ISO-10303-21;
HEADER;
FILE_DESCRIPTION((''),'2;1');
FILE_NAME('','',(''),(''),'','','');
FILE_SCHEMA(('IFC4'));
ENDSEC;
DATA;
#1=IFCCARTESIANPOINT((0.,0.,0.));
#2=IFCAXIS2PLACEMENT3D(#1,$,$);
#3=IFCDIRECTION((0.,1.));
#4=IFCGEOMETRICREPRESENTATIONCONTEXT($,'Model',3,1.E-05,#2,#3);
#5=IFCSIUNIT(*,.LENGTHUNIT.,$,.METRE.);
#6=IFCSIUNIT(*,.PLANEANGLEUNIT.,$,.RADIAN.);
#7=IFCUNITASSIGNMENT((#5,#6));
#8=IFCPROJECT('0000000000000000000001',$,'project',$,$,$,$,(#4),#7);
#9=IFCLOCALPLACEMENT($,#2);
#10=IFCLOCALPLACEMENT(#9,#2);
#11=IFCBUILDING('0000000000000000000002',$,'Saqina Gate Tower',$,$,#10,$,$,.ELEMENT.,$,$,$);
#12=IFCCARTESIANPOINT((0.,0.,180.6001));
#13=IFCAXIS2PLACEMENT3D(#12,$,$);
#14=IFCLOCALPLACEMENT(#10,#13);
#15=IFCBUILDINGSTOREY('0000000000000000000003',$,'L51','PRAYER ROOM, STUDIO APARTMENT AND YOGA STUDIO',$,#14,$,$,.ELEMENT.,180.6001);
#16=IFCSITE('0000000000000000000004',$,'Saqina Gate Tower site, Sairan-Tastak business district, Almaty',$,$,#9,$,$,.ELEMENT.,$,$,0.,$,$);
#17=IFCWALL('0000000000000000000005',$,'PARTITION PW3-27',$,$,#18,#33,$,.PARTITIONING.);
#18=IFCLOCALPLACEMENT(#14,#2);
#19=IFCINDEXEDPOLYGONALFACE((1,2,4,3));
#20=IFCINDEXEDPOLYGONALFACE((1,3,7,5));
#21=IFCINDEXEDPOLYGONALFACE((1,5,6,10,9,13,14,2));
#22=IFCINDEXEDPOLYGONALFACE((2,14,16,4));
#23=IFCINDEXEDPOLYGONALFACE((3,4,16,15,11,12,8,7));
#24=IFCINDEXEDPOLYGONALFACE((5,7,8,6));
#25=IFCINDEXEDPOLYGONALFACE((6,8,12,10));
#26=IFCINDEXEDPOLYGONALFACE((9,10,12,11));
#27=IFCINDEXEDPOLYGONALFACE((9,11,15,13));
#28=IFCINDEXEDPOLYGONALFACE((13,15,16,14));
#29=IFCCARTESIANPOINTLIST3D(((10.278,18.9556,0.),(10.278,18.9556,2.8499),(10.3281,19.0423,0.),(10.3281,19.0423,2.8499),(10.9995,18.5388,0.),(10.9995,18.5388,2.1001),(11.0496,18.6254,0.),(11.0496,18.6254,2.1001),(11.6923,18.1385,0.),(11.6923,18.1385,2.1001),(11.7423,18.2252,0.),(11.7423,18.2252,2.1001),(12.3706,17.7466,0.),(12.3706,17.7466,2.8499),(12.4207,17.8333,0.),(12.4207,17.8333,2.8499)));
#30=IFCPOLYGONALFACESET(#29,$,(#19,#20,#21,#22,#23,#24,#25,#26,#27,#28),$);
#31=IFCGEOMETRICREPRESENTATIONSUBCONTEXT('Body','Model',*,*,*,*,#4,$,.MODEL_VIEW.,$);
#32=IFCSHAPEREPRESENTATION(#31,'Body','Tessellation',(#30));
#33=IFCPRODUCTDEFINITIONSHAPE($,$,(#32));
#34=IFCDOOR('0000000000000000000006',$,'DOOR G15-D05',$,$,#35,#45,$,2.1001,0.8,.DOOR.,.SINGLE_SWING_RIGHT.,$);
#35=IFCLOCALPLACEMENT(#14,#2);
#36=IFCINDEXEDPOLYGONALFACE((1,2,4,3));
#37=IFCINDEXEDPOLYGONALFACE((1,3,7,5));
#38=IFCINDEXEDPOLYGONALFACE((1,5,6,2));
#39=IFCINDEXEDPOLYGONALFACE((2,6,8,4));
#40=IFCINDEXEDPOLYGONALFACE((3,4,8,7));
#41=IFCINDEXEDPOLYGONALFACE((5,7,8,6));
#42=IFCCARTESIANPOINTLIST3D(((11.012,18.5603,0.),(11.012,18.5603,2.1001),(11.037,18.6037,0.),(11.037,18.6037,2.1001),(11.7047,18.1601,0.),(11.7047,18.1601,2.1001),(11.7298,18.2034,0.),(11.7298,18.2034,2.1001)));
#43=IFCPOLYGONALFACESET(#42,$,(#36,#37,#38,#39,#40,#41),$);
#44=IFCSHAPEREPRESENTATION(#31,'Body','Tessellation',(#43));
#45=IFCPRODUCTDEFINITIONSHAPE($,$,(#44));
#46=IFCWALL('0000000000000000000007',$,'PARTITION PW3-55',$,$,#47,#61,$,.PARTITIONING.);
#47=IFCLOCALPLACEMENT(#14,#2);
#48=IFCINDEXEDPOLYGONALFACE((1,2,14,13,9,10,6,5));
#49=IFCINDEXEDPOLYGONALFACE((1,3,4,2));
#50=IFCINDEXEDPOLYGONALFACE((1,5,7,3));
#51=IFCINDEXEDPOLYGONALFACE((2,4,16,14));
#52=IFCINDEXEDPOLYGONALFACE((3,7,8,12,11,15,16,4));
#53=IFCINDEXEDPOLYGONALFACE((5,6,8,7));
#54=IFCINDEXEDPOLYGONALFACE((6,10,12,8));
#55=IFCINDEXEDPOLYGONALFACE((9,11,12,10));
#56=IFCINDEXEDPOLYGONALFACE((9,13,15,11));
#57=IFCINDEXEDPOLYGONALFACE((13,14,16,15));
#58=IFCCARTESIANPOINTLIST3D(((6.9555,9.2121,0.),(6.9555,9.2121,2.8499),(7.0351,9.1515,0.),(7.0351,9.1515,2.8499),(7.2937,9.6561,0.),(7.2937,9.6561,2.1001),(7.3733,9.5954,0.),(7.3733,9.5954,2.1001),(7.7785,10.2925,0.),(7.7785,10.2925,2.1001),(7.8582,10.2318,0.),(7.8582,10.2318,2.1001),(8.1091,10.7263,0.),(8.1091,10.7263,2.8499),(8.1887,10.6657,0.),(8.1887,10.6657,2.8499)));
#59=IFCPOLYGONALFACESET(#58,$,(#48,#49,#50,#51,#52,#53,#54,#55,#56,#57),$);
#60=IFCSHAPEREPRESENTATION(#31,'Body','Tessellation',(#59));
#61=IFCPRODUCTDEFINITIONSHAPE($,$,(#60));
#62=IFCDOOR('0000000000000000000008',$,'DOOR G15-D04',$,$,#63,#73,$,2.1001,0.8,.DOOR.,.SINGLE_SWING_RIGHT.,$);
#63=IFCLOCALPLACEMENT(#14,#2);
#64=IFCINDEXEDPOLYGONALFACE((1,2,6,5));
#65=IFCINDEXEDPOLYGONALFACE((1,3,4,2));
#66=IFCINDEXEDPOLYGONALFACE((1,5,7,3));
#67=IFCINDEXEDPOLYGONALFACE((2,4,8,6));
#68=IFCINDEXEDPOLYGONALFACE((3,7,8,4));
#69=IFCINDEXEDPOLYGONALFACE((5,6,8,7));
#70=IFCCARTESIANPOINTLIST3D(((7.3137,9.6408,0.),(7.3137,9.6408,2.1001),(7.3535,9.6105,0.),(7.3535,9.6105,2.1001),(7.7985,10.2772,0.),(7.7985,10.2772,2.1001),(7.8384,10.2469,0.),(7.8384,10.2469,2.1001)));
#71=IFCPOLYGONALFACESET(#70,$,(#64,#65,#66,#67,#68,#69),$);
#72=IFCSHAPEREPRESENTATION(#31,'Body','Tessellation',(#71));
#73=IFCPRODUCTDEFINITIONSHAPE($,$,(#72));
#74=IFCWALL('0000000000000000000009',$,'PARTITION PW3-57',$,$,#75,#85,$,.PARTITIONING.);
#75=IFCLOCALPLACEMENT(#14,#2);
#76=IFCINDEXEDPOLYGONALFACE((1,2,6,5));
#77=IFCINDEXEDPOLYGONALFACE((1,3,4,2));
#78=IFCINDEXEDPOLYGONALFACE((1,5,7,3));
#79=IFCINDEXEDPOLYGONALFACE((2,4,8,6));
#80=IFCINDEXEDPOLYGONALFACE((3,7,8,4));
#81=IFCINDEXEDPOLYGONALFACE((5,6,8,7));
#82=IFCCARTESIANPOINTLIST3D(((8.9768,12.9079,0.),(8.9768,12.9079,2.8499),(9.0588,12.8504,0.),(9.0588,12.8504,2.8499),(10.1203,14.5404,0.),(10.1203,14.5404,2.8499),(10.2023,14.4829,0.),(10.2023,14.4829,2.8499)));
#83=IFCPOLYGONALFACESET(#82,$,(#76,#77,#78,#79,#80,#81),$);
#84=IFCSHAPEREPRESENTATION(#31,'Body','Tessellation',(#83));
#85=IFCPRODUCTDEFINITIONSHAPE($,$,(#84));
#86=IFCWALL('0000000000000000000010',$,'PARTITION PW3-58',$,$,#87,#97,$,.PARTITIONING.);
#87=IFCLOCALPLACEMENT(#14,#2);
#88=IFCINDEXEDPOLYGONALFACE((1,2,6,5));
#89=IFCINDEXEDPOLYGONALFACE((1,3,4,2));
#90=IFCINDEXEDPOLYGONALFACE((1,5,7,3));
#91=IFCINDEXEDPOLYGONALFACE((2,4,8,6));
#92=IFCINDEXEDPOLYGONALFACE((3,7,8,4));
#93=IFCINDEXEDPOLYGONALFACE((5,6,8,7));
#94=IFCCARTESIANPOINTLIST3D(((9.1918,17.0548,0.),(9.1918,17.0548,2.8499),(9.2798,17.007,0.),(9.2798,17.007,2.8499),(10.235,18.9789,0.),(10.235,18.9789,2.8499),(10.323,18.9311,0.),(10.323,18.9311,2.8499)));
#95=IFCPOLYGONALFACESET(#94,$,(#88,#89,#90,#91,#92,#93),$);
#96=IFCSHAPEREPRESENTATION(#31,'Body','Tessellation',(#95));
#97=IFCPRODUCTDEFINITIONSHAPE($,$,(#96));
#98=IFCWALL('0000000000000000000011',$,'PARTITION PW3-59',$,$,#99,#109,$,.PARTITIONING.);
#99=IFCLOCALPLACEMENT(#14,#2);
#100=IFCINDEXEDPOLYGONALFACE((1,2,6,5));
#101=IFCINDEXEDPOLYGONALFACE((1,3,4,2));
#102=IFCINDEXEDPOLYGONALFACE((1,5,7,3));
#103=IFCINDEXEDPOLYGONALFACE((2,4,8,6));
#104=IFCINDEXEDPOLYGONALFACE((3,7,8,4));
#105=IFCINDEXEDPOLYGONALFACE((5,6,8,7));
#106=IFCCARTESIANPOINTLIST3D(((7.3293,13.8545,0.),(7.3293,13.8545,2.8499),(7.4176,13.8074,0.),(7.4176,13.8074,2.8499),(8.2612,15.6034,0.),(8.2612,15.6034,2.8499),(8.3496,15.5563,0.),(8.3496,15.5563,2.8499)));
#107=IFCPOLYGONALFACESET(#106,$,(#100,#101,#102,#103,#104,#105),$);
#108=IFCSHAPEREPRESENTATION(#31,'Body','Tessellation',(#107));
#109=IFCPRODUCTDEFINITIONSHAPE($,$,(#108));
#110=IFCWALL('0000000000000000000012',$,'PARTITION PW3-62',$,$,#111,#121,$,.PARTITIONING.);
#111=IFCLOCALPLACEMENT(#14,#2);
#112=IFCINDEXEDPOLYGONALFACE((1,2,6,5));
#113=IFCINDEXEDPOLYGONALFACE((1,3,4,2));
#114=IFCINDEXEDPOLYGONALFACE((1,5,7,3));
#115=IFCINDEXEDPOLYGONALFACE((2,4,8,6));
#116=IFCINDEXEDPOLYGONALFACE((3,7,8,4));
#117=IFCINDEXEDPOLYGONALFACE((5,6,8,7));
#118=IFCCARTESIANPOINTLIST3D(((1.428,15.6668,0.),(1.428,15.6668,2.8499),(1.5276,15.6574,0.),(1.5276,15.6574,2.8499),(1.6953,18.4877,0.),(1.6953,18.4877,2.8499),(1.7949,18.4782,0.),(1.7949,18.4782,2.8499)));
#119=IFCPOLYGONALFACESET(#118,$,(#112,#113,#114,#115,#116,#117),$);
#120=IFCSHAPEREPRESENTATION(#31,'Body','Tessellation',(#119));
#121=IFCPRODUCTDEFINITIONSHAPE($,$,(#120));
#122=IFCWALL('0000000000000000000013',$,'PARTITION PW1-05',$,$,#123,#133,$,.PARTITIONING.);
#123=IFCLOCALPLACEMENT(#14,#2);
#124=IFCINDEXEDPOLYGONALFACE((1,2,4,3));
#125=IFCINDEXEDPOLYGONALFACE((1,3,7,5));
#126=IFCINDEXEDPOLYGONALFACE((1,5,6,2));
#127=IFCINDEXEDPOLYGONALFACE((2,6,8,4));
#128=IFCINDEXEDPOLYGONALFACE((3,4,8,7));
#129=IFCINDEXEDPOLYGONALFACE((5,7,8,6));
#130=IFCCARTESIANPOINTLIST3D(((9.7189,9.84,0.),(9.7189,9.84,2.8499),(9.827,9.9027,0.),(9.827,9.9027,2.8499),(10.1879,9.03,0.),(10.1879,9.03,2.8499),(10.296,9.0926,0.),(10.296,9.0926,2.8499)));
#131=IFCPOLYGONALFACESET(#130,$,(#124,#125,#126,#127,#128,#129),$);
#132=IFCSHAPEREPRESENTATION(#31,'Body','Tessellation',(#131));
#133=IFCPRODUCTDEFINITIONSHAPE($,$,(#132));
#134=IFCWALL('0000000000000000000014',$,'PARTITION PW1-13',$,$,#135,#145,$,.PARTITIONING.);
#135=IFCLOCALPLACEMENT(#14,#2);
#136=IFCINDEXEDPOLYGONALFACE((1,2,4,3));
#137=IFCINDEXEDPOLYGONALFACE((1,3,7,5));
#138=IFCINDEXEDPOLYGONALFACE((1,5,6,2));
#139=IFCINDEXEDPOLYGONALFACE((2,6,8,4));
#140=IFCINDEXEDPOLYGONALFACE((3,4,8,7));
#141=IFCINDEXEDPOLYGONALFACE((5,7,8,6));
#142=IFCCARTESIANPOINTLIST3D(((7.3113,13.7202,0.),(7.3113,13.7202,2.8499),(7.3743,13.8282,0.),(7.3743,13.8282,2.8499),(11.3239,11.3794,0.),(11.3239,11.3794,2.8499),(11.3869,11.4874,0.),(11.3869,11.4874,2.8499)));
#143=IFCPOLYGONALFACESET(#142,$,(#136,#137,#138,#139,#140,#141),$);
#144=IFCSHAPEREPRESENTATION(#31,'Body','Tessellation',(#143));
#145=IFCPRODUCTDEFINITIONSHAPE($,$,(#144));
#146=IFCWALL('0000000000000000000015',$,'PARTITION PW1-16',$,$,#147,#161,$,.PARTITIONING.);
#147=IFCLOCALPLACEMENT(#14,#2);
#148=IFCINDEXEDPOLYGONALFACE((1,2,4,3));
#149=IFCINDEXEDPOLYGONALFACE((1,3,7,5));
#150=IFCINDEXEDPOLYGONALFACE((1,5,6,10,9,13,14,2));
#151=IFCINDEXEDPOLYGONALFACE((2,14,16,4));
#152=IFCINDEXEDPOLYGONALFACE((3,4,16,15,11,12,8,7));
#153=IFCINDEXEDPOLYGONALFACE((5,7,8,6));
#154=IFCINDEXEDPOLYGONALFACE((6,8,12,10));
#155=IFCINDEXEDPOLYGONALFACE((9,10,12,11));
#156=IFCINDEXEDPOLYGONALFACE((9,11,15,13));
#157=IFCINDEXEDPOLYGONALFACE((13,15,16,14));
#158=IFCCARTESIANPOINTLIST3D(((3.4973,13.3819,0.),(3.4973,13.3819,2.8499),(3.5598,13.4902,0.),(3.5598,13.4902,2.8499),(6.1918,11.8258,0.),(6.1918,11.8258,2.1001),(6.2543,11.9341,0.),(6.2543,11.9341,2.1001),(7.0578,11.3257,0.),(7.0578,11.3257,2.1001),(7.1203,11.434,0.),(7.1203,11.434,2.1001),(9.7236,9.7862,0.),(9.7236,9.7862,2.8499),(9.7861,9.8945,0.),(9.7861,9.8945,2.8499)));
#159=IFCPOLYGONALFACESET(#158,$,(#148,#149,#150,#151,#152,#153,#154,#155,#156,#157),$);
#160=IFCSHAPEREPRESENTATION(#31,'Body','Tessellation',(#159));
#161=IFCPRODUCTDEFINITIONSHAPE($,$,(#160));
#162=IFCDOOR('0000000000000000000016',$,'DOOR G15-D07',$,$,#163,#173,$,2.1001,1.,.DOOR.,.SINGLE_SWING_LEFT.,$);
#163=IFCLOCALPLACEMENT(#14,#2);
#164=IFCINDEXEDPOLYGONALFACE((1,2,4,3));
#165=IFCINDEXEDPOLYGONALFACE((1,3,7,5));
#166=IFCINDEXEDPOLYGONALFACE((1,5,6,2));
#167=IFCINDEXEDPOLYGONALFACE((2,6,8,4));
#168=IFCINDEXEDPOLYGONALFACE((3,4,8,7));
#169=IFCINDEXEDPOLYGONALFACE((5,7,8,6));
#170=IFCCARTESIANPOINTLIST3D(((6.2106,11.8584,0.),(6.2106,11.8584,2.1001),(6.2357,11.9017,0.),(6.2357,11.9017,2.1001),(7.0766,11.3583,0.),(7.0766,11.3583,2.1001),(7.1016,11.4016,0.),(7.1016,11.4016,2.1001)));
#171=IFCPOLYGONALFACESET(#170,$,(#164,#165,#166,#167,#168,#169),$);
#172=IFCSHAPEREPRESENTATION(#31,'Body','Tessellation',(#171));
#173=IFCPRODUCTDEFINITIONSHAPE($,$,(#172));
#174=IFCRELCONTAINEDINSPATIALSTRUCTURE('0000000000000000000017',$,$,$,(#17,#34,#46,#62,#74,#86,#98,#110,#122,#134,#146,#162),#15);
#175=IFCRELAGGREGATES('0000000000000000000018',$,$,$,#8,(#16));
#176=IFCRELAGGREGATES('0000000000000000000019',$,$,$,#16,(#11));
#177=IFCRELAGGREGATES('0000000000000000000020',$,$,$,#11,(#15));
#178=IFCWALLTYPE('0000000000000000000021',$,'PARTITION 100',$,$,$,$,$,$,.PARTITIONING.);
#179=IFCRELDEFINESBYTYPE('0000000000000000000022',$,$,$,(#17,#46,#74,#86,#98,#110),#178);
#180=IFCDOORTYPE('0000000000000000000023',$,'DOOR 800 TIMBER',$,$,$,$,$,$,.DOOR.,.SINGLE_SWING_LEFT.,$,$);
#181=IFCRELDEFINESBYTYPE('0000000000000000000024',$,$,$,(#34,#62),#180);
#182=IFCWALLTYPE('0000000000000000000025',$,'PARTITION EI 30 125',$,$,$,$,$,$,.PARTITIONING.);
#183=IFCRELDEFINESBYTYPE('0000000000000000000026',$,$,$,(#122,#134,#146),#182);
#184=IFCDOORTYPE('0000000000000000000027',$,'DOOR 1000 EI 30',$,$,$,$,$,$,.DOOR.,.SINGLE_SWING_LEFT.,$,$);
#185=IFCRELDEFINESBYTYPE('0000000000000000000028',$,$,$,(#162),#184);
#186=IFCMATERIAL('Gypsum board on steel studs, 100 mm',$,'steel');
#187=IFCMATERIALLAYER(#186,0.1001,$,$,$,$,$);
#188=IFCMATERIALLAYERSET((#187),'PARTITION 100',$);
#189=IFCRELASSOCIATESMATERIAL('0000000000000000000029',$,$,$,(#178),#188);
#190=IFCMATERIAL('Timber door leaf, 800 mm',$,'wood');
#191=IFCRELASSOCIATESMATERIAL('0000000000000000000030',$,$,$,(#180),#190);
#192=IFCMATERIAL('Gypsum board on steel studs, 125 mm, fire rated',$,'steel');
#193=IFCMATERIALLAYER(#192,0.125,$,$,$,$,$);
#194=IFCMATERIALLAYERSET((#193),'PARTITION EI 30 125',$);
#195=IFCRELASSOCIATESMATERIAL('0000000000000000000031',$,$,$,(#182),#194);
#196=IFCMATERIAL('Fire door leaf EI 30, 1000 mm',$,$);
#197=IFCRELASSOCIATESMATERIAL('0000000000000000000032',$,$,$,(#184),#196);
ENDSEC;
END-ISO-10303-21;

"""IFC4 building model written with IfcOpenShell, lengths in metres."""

from ifc_helpers import new_model, si_unit, direction, frame, frame_2d, origin, place, context, subcontext, project, spatial, rectangle, extrude, material, layer, layer_set, type_object, element, fill, save


model = new_model("IFC4")

# Units and contexts
model_context = context("Model", 3, precision=1e-05, world=origin(), true_north=direction((0.0, 1.0)))
body_context = subcontext(model_context, "Body", "Model", "MODEL_VIEW")
ifc_project = project(units=[si_unit("LENGTHUNIT", "METRE"), si_unit("PLANEANGLEUNIT", "RADIAN")], contexts=[model_context])

# Site, building, storey
site_placement = place(None, origin())
site = spatial("IfcSite", under=ifc_project, at=site_placement, Name="Saqina Gate Tower site, Sairan-Tastak business district, Almaty", CompositionType="ELEMENT", RefElevation=0.0)
building_placement = place(site_placement, origin())
building = spatial("IfcBuilding", under=site, at=building_placement, Name="Saqina Gate Tower", CompositionType="ELEMENT")
storey_placement = place(building_placement, frame((0.0, 0.0, 180.6001)))
storey = spatial("IfcBuildingStorey", under=building, at=storey_placement, Name="L51", Description="PRAYER ROOM, STUDIO APARTMENT AND YOGA STUDIO", CompositionType="ELEMENT", Elevation=180.6001)

# Shared definitions
ifc_material_1 = material(Name="Gypsum board on steel studs, 100 mm", Category="steel")
ifc_layer_1 = layer(ifc_material_1, 0.1001)
ifc_layer_set_1 = layer_set([ifc_layer_1], Name="PARTITION 100")
wall_type_1 = type_object("IfcWallType", Name="PARTITION 100", PredefinedType="PARTITIONING", material=ifc_layer_set_1)
ifc_material_2 = material(Name="Timber door leaf, 800 mm", Category="wood")
door_type_1 = type_object("IfcDoorType", Name="DOOR 800 TIMBER", OperationType="SINGLE_SWING_LEFT", PredefinedType="DOOR", material=ifc_material_2)

# Walls, openings, doors
wall_1_placement = place(storey_placement, frame((10.303, 18.999, 0.0), z_axis=(0.0, 0.0, 1.0), x_axis=(0.865871, -0.500267, 0.0)))
wall_1 = element("IfcWall", 1, at=wall_1_placement, inside=storey, type_object=wall_type_1, Name="PARTITION PW3-27", PredefinedType="PARTITIONING", context=body_context, shape_type="SweptSolid", body=[
    extrude(rectangle(XDim=2.4167, YDim=0.1001, at=frame_2d((1.2085, 0.0))), origin(), (0.0, 0.0, 1.0), 2.8499),
])
opening_1_placement = place(wall_1_placement, frame((0.8335, 0.0, 0.0)))
opening_1 = element("IfcOpeningElement", 2, at=opening_1_placement, cuts=wall_1, PredefinedType="OPENING", context=body_context, shape_type="SweptSolid", body=[
    extrude(rectangle(XDim=0.8, YDim=2.1001, at=frame_2d((0.3999, 1.05))), frame((0.0, 0.062, 0.0), z_axis=(0.0, -1.0, 0.0), x_axis=(1.0, 0.0, 0.0)), (0.0, 0.0, 1.0), 0.124),
])
door_1_placement = place(opening_1_placement, origin())
door_1 = element("IfcDoor", 3, at=door_1_placement, inside=storey, type_object=door_type_1, Name="DOOR G15-D05", OperationType="SINGLE_SWING_RIGHT", OverallHeight=2.1001, OverallWidth=0.8, PredefinedType="DOOR", context=body_context, shape_type="SweptSolid", body=[
    extrude(rectangle(XDim=0.8, YDim=2.1001, at=frame_2d((0.3999, 1.05))), frame((0.0, 0.0249, 0.0), z_axis=(0.0, -1.0, 0.0), x_axis=(1.0, 0.0, 0.0)), (0.0, 0.0, 1.0), 0.05),
])
fill(opening_1, door_1)
wall_2_placement = place(storey_placement, frame((6.9954, 9.1819, 0.0), z_axis=(0.0, 0.0, 1.0), x_axis=(0.606016, 0.795452, 0.0)))
wall_2 = element("IfcWall", 4, at=wall_2_placement, inside=storey, type_object=wall_type_1, Name="PARTITION PW3-55", PredefinedType="PARTITIONING", context=body_context, shape_type="SweptSolid", body=[
    extrude(rectangle(XDim=1.9036, YDim=0.1001, at=frame_2d((0.9517, 0.0))), origin(), (0.0, 0.0, 1.0), 2.8499),
])
opening_2_placement = place(wall_2_placement, frame((0.5581, 0.0, 0.0)))
opening_2 = element("IfcOpeningElement", 5, at=opening_2_placement, cuts=wall_2, PredefinedType="OPENING", context=body_context, shape_type="SweptSolid", body=[
    extrude(rectangle(XDim=0.8, YDim=2.1001, at=frame_2d((0.3999, 1.05))), frame((0.0, 0.062, 0.0), z_axis=(0.0, -1.0, 0.0), x_axis=(1.0, 0.0, 0.0)), (0.0, 0.0, 1.0), 0.124),
])
door_2_placement = place(opening_2_placement, origin())
door_2 = element("IfcDoor", 6, at=door_2_placement, inside=storey, type_object=door_type_1, Name="DOOR G15-D04", OperationType="SINGLE_SWING_RIGHT", OverallHeight=2.1001, OverallWidth=0.8, PredefinedType="DOOR", context=body_context, shape_type="SweptSolid", body=[
    extrude(rectangle(XDim=0.8, YDim=2.1001, at=frame_2d((0.3999, 1.05))), frame((0.0, 0.0249, 0.0), z_axis=(0.0, -1.0, 0.0), x_axis=(1.0, 0.0, 0.0)), (0.0, 0.0, 1.0), 0.05),
])
fill(opening_2, door_2)

# Walls
wall_3_placement = place(storey_placement, frame((9.0178, 12.8792, 0.0), z_axis=(0.0, 0.0, 1.0), x_axis=(0.573717, 0.819053, 0.0)))
element("IfcWall", 7, at=wall_3_placement, inside=storey, type_object=wall_type_1, Name="PARTITION PW3-57", PredefinedType="PARTITIONING", context=body_context, shape_type="SweptSolid", body=[
    extrude(rectangle(XDim=1.9932, YDim=0.1001, at=frame_2d((0.9966, 0.0))), origin(), (0.0, 0.0, 1.0), 2.8499),
])
wall_4_placement = place(storey_placement, frame((9.2358, 17.031, 0.0), z_axis=(0.0, 0.0, 1.0), x_axis=(0.476639, 0.879099, 0.0)))
element("IfcWall", 8, at=wall_4_placement, inside=storey, type_object=wall_type_1, Name="PARTITION PW3-58", PredefinedType="PARTITIONING", context=body_context, shape_type="SweptSolid", body=[
    extrude(rectangle(XDim=2.1887, YDim=0.1001, at=frame_2d((1.0942, 0.0))), origin(), (0.0, 0.0, 1.0), 2.8499),
])
wall_5_placement = place(storey_placement, frame((7.3735, 13.8311, 0.0), z_axis=(0.0, 0.0, 1.0), x_axis=(0.470275, 0.88252, 0.0)))
element("IfcWall", 9, at=wall_5_placement, inside=storey, type_object=wall_type_1, Name="PARTITION PW3-59", PredefinedType="PARTITIONING", context=body_context, shape_type="SweptSolid", body=[
    extrude(rectangle(XDim=1.9817, YDim=0.1001, at=frame_2d((0.9907, 0.0))), origin(), (0.0, 0.0, 1.0), 2.8499),
])
wall_6_placement = place(storey_placement, frame((1.4778, 15.6621, 0.0), z_axis=(0.0, 0.0, 1.0), x_axis=(0.09435, 0.995539, 0.0)))
element("IfcWall", 10, at=wall_6_placement, inside=storey, type_object=wall_type_1, Name="PARTITION PW3-62", PredefinedType="PARTITIONING", context=body_context, shape_type="SweptSolid", body=[
    extrude(rectangle(XDim=2.8335, YDim=0.1001, at=frame_2d((1.4167, 0.0))), origin(), (0.0, 0.0, 1.0), 2.8499),
])
ifc_material_3 = material(Name="Gypsum board on steel studs, 125 mm, fire rated", Category="steel")
ifc_layer_2 = layer(ifc_material_3, 0.125)
ifc_layer_set_2 = layer_set([ifc_layer_2], Name="PARTITION EI 30 125")
wall_type_2 = type_object("IfcWallType", Name="PARTITION EI 30 125", PredefinedType="PARTITIONING", material=ifc_layer_set_2)
wall_7_placement = place(storey_placement, frame((9.7729, 9.8713, 0.0), z_axis=(0.0, 0.0, 1.0), x_axis=(0.501047, -0.86542, 0.0)))
element("IfcWall", 11, at=wall_7_placement, inside=storey, type_object=wall_type_2, Name="PARTITION PW1-05", PredefinedType="PARTITIONING", context=body_context, shape_type="SweptSolid", body=[
    extrude(rectangle(XDim=0.936, YDim=0.125, at=frame_2d((0.468, 0.0))), origin(), (0.0, 0.0, 1.0), 2.8499),
])
wall_8_placement = place(storey_placement, frame((7.3428, 13.7742, 0.0), z_axis=(0.0, 0.0, 1.0), x_axis=(0.863771, -0.503884, 0.0)))
element("IfcWall", 12, at=wall_8_placement, inside=storey, type_object=wall_type_2, Name="PARTITION PW1-13", PredefinedType="PARTITIONING", context=body_context, shape_type="SweptSolid", body=[
    extrude(rectangle(XDim=4.6455, YDim=0.125, at=frame_2d((2.3228, 0.0))), origin(), (0.0, 0.0, 1.0), 2.8499),
])

# Wall, opening, door
wall_9_placement = place(storey_placement, frame((3.5286, 13.436, 0.0), z_axis=(0.0, 0.0, 1.0), x_axis=(0.865969, -0.500098, 0.0)))
wall_9 = element("IfcWall", 13, at=wall_9_placement, inside=storey, type_object=wall_type_2, Name="PARTITION PW1-16", PredefinedType="PARTITIONING", context=body_context, shape_type="SweptSolid", body=[
    extrude(rectangle(XDim=7.1899, YDim=0.125, at=frame_2d((3.595, 0.0))), origin(), (0.0, 0.0, 1.0), 2.8499),
])
opening_3_placement = place(wall_9_placement, frame((3.1116, 0.0, 0.0)))
opening_3 = element("IfcOpeningElement", 14, at=opening_3_placement, cuts=wall_9, PredefinedType="OPENING", context=body_context, shape_type="SweptSolid", body=[
    extrude(rectangle(XDim=1.0, YDim=2.1001, at=frame_2d((0.5, 1.05))), frame((0.0, 0.0745, 0.0), z_axis=(0.0, -1.0, 0.0), x_axis=(1.0, 0.0, 0.0)), (0.0, 0.0, 1.0), 0.1489),
])
ifc_material_4 = material(Name="Fire door leaf EI 30, 1000 mm")
door_type_2 = type_object("IfcDoorType", Name="DOOR 1000 EI 30", OperationType="SINGLE_SWING_LEFT", PredefinedType="DOOR", material=ifc_material_4)
door_3_placement = place(opening_3_placement, frame((1.0, 0.0, 0.0), z_axis=(0.0, 0.0, 1.0), x_axis=(-1.0, 0.0, 0.0)))
door_3 = element("IfcDoor", 15, at=door_3_placement, inside=storey, type_object=door_type_2, Name="DOOR G15-D07", OperationType="SINGLE_SWING_LEFT", OverallHeight=2.1001, OverallWidth=1.0, PredefinedType="DOOR", context=body_context, shape_type="SweptSolid", body=[
    extrude(rectangle(XDim=1.0, YDim=2.1001, at=frame_2d((0.5, 1.05))), frame((0.0, 0.0249, 0.0), z_axis=(0.0, -1.0, 0.0), x_axis=(1.0, 0.0, 0.0)), (0.0, 0.0, 1.0), 0.05),
])
fill(opening_3, door_3)

save(model, "model.ifc")
